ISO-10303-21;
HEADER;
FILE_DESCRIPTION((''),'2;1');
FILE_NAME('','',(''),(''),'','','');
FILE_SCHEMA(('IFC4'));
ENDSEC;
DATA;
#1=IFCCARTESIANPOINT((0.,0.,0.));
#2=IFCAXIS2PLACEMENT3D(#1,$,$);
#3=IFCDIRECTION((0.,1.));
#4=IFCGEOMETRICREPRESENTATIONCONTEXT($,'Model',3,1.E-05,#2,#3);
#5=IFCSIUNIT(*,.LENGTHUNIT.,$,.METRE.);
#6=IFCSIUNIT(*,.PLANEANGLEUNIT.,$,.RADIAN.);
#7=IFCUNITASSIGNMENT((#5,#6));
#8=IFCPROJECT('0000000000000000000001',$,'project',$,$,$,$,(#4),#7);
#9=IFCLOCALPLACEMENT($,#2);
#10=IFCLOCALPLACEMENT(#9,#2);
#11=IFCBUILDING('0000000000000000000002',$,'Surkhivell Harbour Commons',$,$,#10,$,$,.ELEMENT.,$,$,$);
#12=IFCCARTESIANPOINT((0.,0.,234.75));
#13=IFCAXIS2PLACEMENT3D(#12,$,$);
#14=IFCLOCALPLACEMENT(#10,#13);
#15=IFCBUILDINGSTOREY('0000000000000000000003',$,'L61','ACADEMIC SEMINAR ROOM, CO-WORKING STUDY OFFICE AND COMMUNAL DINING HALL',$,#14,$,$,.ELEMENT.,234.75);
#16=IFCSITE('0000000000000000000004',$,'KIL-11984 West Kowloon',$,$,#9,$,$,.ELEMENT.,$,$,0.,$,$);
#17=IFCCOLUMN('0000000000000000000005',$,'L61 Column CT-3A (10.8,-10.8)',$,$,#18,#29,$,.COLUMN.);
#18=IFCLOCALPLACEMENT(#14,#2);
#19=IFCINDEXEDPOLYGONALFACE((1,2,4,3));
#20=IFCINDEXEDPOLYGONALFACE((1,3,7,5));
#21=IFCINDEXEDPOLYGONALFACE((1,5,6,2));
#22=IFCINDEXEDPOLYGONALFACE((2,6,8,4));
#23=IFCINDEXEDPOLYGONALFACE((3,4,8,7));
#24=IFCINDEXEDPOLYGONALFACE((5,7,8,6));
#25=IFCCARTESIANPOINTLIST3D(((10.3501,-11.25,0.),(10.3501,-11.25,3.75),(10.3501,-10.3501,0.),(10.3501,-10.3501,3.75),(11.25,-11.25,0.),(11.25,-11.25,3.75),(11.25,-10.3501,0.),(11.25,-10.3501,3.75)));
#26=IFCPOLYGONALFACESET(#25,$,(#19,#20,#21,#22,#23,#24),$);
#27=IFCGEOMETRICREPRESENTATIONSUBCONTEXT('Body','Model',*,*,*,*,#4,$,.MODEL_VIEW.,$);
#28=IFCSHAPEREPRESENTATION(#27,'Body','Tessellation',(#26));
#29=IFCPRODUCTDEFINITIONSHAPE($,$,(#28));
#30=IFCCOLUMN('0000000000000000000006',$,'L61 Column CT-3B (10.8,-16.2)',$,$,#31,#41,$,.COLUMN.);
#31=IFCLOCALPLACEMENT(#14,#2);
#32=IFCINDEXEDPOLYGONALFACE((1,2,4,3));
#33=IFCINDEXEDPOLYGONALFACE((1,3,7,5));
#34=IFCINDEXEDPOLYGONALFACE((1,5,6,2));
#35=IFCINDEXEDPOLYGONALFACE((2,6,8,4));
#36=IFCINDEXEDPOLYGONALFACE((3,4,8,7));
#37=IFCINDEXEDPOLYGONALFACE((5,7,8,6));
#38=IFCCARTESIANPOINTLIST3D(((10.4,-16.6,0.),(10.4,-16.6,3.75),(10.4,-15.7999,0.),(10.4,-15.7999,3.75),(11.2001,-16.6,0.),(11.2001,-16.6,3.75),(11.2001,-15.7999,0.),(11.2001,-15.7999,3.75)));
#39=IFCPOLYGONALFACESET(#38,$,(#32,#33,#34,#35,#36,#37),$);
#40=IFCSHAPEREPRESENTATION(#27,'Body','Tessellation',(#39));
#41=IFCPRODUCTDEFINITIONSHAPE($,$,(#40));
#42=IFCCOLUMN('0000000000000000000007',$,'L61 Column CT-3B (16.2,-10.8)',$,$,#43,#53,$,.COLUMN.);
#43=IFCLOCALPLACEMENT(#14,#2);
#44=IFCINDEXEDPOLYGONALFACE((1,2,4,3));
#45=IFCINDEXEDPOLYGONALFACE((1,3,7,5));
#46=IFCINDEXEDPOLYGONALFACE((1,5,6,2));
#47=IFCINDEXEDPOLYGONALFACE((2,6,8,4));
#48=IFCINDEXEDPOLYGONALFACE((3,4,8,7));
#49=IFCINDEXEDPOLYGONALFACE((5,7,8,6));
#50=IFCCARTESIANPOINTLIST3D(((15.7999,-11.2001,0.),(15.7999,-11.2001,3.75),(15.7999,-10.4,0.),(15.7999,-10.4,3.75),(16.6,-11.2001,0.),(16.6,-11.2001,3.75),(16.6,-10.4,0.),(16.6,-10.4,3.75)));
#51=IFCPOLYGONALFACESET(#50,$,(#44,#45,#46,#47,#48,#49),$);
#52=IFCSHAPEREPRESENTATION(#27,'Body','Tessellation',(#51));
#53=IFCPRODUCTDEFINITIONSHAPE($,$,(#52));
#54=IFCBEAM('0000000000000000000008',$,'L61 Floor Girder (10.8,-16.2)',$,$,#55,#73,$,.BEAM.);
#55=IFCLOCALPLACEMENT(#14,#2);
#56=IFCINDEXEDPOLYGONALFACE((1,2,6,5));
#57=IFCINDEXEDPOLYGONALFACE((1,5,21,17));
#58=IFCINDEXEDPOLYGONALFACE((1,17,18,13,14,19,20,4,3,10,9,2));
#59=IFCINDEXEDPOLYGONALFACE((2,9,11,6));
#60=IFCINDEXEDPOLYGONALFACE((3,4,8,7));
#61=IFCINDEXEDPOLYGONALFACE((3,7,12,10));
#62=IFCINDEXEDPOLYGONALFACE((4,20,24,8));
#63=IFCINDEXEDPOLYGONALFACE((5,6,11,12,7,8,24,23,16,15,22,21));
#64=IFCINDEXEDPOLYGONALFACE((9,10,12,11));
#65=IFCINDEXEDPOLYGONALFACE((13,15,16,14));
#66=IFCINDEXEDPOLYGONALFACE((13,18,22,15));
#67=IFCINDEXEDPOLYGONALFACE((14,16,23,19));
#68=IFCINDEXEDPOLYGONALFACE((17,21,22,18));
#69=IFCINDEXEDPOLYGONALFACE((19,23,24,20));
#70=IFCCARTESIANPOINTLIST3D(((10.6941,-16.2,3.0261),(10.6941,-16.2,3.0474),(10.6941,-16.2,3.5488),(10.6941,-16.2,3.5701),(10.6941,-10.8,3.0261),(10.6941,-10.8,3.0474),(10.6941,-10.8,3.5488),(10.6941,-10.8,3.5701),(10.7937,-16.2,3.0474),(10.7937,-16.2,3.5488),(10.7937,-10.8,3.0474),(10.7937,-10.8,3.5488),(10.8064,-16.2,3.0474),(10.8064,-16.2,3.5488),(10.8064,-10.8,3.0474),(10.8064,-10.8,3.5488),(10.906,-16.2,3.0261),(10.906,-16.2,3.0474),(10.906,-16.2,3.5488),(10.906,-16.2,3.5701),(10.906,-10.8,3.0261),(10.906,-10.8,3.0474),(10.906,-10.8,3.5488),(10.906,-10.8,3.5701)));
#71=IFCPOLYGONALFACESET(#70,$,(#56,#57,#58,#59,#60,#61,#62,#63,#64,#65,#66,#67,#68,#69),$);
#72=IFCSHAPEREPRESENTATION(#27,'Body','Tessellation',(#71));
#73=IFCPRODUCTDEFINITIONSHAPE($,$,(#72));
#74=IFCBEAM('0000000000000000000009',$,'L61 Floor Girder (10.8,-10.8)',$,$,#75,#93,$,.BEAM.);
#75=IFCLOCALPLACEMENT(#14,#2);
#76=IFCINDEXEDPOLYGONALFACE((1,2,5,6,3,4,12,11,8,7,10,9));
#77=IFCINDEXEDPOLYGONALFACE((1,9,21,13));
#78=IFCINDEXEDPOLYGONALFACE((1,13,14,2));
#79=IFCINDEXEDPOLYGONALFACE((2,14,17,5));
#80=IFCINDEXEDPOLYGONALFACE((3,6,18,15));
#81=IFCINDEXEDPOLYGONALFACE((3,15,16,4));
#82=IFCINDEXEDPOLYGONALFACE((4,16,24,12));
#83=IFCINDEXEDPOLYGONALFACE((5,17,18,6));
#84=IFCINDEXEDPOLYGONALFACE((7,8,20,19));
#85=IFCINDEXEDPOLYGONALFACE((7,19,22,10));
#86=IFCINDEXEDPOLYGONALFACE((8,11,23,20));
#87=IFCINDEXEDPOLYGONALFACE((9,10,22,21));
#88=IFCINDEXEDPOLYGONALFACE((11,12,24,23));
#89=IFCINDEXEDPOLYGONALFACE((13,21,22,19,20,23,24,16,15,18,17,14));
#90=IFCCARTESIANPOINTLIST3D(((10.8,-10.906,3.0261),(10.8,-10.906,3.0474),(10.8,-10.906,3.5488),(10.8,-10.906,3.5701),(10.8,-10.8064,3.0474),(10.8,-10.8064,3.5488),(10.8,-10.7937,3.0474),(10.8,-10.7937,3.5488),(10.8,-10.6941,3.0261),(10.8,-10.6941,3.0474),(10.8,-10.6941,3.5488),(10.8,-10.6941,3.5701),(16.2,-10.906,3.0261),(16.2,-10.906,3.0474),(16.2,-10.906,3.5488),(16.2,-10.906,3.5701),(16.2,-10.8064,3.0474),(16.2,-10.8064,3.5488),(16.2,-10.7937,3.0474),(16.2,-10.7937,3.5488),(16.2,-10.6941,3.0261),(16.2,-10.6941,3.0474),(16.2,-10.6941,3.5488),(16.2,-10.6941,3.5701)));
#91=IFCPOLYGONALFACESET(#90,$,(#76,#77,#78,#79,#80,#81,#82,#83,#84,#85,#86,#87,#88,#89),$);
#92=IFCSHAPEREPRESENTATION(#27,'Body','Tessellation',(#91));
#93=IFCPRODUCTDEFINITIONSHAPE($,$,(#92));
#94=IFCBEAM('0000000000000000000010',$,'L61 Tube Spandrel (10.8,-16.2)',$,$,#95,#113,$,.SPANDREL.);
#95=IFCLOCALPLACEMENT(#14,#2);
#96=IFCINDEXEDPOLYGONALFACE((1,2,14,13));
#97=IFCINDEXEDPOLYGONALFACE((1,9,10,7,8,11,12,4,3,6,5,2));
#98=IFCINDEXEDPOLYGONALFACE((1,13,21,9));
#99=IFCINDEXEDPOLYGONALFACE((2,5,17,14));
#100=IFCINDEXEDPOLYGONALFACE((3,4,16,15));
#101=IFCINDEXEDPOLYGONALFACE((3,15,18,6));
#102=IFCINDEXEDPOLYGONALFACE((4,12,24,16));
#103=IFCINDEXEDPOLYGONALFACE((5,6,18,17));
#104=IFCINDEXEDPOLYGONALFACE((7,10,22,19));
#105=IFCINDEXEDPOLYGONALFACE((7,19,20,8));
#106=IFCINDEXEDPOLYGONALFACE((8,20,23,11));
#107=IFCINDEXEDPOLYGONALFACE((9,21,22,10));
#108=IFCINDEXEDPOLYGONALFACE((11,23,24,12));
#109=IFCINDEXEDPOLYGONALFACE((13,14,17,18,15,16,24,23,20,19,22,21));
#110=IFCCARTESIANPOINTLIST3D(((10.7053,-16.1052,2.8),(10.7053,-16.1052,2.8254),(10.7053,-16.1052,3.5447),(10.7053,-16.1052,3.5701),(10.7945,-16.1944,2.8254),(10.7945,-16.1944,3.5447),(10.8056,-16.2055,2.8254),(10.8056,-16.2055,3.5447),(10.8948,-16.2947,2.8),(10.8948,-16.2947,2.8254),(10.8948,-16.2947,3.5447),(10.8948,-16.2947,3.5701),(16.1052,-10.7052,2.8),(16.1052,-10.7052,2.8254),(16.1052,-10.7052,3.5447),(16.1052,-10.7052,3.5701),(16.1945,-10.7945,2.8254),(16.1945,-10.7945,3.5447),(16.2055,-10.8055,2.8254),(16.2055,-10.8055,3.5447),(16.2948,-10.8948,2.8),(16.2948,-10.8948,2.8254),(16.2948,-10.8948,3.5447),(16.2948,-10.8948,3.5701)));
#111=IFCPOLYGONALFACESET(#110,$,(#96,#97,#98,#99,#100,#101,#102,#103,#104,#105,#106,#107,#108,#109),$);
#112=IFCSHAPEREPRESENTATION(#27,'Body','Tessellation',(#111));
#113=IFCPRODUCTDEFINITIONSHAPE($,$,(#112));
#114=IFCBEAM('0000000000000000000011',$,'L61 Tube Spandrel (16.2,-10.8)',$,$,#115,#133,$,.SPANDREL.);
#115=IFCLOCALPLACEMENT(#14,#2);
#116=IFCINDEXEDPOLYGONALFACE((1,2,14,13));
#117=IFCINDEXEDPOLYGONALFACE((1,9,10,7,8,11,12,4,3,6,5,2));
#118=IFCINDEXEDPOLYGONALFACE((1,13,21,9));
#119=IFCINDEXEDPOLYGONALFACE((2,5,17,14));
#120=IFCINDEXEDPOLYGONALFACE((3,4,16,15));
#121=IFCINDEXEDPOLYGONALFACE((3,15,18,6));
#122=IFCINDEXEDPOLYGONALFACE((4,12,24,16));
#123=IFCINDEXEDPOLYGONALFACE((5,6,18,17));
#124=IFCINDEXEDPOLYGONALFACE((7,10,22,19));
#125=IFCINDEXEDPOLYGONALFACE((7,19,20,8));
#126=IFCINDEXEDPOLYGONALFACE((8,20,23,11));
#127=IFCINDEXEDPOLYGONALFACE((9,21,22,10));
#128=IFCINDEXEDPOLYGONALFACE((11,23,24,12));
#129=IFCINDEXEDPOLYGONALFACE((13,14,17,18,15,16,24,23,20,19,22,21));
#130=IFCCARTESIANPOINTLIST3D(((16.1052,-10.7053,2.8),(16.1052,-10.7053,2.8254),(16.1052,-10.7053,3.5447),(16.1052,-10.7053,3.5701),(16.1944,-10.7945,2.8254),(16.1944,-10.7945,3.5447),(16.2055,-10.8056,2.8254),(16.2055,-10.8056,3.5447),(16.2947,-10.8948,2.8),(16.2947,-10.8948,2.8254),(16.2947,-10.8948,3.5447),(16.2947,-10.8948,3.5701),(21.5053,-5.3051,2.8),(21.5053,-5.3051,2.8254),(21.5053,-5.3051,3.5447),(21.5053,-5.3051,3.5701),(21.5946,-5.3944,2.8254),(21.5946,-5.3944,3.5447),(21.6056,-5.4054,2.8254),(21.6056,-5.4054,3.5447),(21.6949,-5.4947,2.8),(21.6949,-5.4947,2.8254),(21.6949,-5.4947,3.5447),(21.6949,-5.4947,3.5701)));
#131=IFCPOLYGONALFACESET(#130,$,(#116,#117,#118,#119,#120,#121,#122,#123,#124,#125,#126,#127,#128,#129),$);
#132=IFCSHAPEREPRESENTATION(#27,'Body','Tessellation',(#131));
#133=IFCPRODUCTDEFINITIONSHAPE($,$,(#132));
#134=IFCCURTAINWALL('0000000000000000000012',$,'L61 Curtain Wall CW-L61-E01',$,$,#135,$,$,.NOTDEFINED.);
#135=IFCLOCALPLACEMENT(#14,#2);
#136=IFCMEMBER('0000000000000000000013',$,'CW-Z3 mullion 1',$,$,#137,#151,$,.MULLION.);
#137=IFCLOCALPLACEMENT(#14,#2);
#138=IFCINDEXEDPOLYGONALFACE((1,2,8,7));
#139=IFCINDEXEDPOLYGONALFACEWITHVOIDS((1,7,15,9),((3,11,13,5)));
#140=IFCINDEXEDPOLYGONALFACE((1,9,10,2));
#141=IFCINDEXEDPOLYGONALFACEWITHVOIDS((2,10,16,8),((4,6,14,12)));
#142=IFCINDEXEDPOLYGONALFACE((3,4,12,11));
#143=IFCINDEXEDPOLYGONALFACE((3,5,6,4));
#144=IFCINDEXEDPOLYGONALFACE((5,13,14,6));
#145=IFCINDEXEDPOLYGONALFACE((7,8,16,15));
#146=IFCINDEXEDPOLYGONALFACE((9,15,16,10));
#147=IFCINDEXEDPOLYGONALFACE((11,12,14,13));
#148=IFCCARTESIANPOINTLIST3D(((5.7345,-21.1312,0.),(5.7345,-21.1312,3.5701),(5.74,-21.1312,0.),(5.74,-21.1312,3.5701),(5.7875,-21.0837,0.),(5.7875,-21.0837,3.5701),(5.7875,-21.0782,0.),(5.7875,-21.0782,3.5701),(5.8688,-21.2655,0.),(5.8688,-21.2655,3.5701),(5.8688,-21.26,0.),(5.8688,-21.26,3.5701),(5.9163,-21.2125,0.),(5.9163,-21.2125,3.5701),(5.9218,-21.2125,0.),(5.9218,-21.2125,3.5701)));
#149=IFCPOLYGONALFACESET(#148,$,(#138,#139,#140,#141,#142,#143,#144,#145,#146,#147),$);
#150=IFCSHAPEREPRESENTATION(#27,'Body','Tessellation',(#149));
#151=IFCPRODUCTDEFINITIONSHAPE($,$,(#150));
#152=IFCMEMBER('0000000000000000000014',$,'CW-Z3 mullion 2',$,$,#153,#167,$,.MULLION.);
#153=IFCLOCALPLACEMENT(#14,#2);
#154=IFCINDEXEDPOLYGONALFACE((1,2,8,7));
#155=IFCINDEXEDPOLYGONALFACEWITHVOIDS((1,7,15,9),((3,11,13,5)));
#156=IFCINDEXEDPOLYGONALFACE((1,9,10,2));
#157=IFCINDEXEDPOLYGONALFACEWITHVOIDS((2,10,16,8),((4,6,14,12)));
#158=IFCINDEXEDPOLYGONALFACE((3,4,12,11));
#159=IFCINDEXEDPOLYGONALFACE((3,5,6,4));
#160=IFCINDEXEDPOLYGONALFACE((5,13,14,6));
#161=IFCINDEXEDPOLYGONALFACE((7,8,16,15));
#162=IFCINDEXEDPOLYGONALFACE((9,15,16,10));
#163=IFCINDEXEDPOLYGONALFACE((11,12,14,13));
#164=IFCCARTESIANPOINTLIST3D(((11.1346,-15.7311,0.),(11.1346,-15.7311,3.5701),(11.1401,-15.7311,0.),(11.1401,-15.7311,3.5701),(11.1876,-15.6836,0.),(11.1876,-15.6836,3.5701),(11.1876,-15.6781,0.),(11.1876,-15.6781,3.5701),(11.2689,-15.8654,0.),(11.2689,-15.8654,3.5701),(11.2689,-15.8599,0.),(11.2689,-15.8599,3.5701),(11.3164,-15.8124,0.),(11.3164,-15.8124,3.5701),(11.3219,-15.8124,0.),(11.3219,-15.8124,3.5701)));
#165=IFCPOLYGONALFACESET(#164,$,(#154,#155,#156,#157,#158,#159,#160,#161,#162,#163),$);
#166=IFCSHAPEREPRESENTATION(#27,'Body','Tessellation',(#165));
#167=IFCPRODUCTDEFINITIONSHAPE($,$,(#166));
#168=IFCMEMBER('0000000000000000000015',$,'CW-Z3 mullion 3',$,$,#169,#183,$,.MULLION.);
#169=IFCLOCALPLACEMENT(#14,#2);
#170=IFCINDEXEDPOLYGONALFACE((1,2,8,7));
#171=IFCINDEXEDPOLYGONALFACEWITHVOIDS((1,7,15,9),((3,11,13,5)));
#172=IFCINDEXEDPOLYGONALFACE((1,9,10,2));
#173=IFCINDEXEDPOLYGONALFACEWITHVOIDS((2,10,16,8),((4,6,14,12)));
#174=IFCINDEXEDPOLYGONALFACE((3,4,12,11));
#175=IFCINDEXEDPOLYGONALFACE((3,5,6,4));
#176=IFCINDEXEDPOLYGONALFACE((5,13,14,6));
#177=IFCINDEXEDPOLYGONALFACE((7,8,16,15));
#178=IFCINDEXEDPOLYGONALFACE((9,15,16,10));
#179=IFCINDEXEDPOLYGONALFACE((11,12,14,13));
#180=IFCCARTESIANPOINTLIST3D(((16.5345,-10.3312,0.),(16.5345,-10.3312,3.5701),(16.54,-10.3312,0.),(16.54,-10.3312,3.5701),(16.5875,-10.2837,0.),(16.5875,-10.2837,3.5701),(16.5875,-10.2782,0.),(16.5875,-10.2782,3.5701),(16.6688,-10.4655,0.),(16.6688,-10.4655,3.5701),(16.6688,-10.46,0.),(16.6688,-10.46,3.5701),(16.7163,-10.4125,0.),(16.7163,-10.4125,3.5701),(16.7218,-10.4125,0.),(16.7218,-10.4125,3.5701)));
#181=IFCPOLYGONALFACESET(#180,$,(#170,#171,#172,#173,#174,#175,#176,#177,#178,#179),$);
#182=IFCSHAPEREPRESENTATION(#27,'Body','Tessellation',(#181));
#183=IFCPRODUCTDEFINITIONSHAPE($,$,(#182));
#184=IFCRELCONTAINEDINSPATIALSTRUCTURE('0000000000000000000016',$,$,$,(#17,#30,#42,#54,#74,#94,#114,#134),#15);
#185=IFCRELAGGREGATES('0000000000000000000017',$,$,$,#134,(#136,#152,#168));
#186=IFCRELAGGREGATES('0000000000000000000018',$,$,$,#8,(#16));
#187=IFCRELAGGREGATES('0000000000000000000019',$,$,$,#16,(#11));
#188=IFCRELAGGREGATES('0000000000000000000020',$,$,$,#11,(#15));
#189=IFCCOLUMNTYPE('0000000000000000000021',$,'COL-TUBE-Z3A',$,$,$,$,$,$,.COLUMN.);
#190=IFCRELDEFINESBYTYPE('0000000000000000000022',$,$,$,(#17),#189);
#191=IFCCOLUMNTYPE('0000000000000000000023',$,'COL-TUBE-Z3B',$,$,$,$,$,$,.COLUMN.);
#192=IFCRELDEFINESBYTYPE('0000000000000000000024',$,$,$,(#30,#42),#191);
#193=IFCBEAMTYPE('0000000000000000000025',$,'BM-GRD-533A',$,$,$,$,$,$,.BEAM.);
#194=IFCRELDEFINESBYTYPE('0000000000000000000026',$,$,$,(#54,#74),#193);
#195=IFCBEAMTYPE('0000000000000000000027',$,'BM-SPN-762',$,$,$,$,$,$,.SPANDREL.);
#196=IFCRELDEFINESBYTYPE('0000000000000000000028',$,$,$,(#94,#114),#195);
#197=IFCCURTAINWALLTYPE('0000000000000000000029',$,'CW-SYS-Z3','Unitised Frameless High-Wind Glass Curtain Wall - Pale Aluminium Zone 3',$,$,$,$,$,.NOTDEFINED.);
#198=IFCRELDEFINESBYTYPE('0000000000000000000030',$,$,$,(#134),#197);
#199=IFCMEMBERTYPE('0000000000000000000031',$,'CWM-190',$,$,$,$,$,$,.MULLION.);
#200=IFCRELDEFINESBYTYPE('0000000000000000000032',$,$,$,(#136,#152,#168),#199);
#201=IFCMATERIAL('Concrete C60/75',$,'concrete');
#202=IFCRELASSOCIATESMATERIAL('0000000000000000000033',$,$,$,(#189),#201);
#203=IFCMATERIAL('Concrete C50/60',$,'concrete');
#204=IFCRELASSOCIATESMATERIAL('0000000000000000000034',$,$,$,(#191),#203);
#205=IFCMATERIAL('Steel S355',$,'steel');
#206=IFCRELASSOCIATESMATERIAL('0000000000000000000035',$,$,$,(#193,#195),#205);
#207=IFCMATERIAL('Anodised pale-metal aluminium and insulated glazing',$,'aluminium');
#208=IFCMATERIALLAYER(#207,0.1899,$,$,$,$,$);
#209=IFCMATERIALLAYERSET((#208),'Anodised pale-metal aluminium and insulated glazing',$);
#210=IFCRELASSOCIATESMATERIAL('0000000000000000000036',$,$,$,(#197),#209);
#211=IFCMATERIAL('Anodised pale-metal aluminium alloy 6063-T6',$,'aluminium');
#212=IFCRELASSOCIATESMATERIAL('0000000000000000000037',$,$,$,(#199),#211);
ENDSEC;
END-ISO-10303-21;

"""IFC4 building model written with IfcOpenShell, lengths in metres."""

from ifc_helpers import new_model, si_unit, direction, frame, origin, origin_2d, place, context, subcontext, project, spatial, rectangle, hollow_rectangle, i_section, extrude, material, layer, layer_set, material_profile, profile_set, type_object, element, aggregate, save


model = new_model("IFC4")

# Units and contexts
model_context = context("Model", 3, precision=1e-05, world=origin(), true_north=direction((0.0, 1.0)))
body_context = subcontext(model_context, "Body", "Model", "MODEL_VIEW")
ifc_project = project(units=[si_unit("LENGTHUNIT", "METRE"), si_unit("PLANEANGLEUNIT", "RADIAN")], contexts=[model_context])

# Site, building, storey
site_placement = place(None, origin())
site = spatial("IfcSite", under=ifc_project, at=site_placement, Name="KIL-11984 West Kowloon", CompositionType="ELEMENT", RefElevation=0.0)
building_placement = place(site_placement, origin())
building = spatial("IfcBuilding", under=site, at=building_placement, Name="Surkhivell Harbour Commons", CompositionType="ELEMENT")
storey_placement = place(building_placement, frame((0.0, 0.0, 234.75)))
storey = spatial("IfcBuildingStorey", under=building, at=storey_placement, Name="L61", Description="ACADEMIC SEMINAR ROOM, CO-WORKING STUDY OFFICE AND COMMUNAL DINING HALL", CompositionType="ELEMENT", Elevation=234.75)

# Columns
ifc_material_1 = material(Name="Concrete C60/75", Category="concrete")
ifc_material_profile_1 = material_profile(ifc_material_1, rectangle(XDim=0.8999, YDim=0.8999, at=origin_2d()), Name="RC-COL-900x900")
ifc_profile_set_1 = profile_set([ifc_material_profile_1], Name="Concrete C60/75")
column_type_1 = type_object("IfcColumnType", Name="COL-TUBE-Z3A", PredefinedType="COLUMN", material=ifc_profile_set_1)
column_placement = place(storey_placement, frame((10.8, -10.8, 0.0), z_axis=(0.0, 0.0, 1.0), x_axis=(1.0, 0.0, 0.0)))
element("IfcColumn", 1, at=column_placement, inside=storey, type_object=column_type_1, Name="L61 Column CT-3A (10.8,-10.8)", PredefinedType="COLUMN", context=body_context, shape_type="SweptSolid", body=[
    extrude(rectangle(XDim=0.8999, YDim=0.8999, at=origin_2d()), origin(), (0.0, 0.0, 1.0), 3.75),
])
ifc_material_2 = material(Name="Concrete C50/60", Category="concrete")
ifc_material_profile_2 = material_profile(ifc_material_2, rectangle(XDim=0.8, YDim=0.8, at=origin_2d()), Name="RC-COL-800x800")
ifc_profile_set_2 = profile_set([ifc_material_profile_2], Name="Concrete C50/60")
column_type_2 = type_object("IfcColumnType", Name="COL-TUBE-Z3B", PredefinedType="COLUMN", material=ifc_profile_set_2)
for number, where, z_axis, x_axis, name in (
    (2, (10.8, -16.2, 0.0), (0.0, 0.0, 1.0), (1.0, 0.0, 0.0), "L61 Column CT-3B (10.8,-16.2)"),
    (3, (16.2, -10.8, 0.0), (0.0, 0.0, 1.0), (1.0, 0.0, 0.0), "L61 Column CT-3B (16.2,-10.8)"),
):
    element("IfcColumn", number, at=place(storey_placement, frame(where, z_axis=z_axis, x_axis=x_axis)), inside=storey, type_object=column_type_2, Name=name, PredefinedType="COLUMN", context=body_context, shape_type="SweptSolid", body=[
        extrude(rectangle(XDim=0.8, YDim=0.8, at=origin_2d()), origin(), (0.0, 0.0, 1.0), 3.75),
    ])

# Beams
ifc_material_3 = material(Name="Steel S355", Category="steel")
ifc_material_profile_3 = material_profile(ifc_material_3, i_section(OverallWidth=0.2119, OverallDepth=0.5439, WebThickness=0.0127, FlangeThickness=0.0212, at=origin_2d()), Name="UB533x210x122")
ifc_profile_set_3 = profile_set([ifc_material_profile_3], Name="Steel S355")
beam_type_1 = type_object("IfcBeamType", Name="BM-GRD-533A", PredefinedType="BEAM", material=ifc_profile_set_3)
for number, where, z_axis, x_axis, name in (
    (4, (10.8, -16.2, 3.2981), (0.0, 1.0, 0.0), (-1.0, 0.0, 0.0), "L61 Floor Girder (10.8,-16.2)"),
    (5, (10.8, -10.8, 3.2981), (1.0, 0.0, 0.0), (0.0, 1.0, 0.0), "L61 Floor Girder (10.8,-10.8)"),
):
    element("IfcBeam", number, at=place(storey_placement, frame(where, z_axis=z_axis, x_axis=x_axis)), inside=storey, type_object=beam_type_1, Name=name, PredefinedType="BEAM", context=body_context, shape_type="SweptSolid", body=[
        extrude(i_section(OverallWidth=0.2119, OverallDepth=0.5439, WebThickness=0.0127, FlangeThickness=0.0212, at=origin_2d()), origin(), (0.0, 0.0, 1.0), 5.3999),
    ])
ifc_material_profile_4 = material_profile(ifc_material_3, i_section(OverallWidth=0.2681, OverallDepth=0.77, WebThickness=0.0156, FlangeThickness=0.0254, at=origin_2d()), Name="UB762x267x197")
ifc_profile_set_4 = profile_set([ifc_material_profile_4], Name="Steel S355")
beam_type_2 = type_object("IfcBeamType", Name="BM-SPN-762", PredefinedType="SPANDREL", material=ifc_profile_set_4)
beam_1_placement = place(storey_placement, frame((10.8, -16.2, 3.1851), z_axis=(0.707107, 0.707107, 0.0), x_axis=(-0.707107, 0.707107, 0.0)))
element("IfcBeam", 6, at=beam_1_placement, inside=storey, type_object=beam_type_2, Name="L61 Tube Spandrel (10.8,-16.2)", PredefinedType="SPANDREL", context=body_context, shape_type="SweptSolid", body=[
    extrude(i_section(OverallWidth=0.2681, OverallDepth=0.77, WebThickness=0.0156, FlangeThickness=0.0254, at=origin_2d()), origin(), (0.0, 0.0, 1.0), 7.6367),
])
beam_2_placement = place(storey_placement, frame((16.2, -10.8, 3.1851), z_axis=(0.707107, 0.707107, 0.0), x_axis=(-0.707107, 0.707107, 0.0)))
element("IfcBeam", 7, at=beam_2_placement, inside=storey, type_object=beam_type_2, Name="L61 Tube Spandrel (16.2,-10.8)", PredefinedType="SPANDREL", context=body_context, shape_type="SweptSolid", body=[
    extrude(i_section(OverallWidth=0.2681, OverallDepth=0.77, WebThickness=0.0156, FlangeThickness=0.0254, at=origin_2d()), origin(), (0.0, 0.0, 1.0), 7.637),
])

# Curtain wall, members
ifc_material_4 = material(Name="Anodised pale-metal aluminium and insulated glazing", Category="aluminium")
ifc_layer_1 = layer(ifc_material_4, 0.1899)
ifc_layer_set_1 = layer_set([ifc_layer_1], Name="Anodised pale-metal aluminium and insulated glazing")
curtain_wall_type = type_object("IfcCurtainWallType", Name="CW-SYS-Z3", Description="Unitised Frameless High-Wind Glass Curtain Wall - Pale Aluminium Zone 3", PredefinedType="NOTDEFINED", material=ifc_layer_set_1)
curtain_wall_placement = place(storey_placement, origin())
curtain_wall = element("IfcCurtainWall", 8, at=curtain_wall_placement, inside=storey, type_object=curtain_wall_type, Name="L61 Curtain Wall CW-L61-E01", PredefinedType="NOTDEFINED")
ifc_material_5 = material(Name="Anodised pale-metal aluminium alloy 6063-T6", Category="aluminium")
ifc_material_profile_5 = material_profile(ifc_material_5, hollow_rectangle(XDim=0.075, YDim=0.1899, WallThickness=0.0039, at=origin_2d()), Name="ALU-MULL-75x190")
ifc_profile_set_5 = profile_set([ifc_material_profile_5], Name="Anodised pale-metal aluminium alloy 6063-T6")
member_type_1 = type_object("IfcMemberType", Name="CWM-190", PredefinedType="MULLION", material=ifc_profile_set_5)
member_1_placement = place(storey_placement, frame((5.8281, -21.1719, 0.0), z_axis=(0.0, 0.0, 1.0), x_axis=(0.707107, 0.707107, 0.0)))
member_1 = element("IfcMember", 9, at=member_1_placement, type_object=member_type_1, Name="CW-Z3 mullion 1", PredefinedType="MULLION", context=body_context, shape_type="SweptSolid", body=[
    extrude(hollow_rectangle(XDim=0.075, YDim=0.1899, WallThickness=0.0039, at=origin_2d()), origin(), (0.0, 0.0, 1.0), 3.5701),
])
member_2_placement = place(storey_placement, frame((11.2283, -15.7717, 0.0), z_axis=(0.0, 0.0, 1.0), x_axis=(0.707107, 0.707107, 0.0)))
member_2 = element("IfcMember", 10, at=member_2_placement, type_object=member_type_1, Name="CW-Z3 mullion 2", PredefinedType="MULLION", context=body_context, shape_type="SweptSolid", body=[
    extrude(hollow_rectangle(XDim=0.075, YDim=0.1899, WallThickness=0.0039, at=origin_2d()), origin(), (0.0, 0.0, 1.0), 3.5701),
])
member_3_placement = place(storey_placement, frame((16.6282, -10.3718, 0.0), z_axis=(0.0, 0.0, 1.0), x_axis=(0.707107, 0.707107, 0.0)))
member_3 = element("IfcMember", 11, at=member_3_placement, type_object=member_type_1, Name="CW-Z3 mullion 3", PredefinedType="MULLION", context=body_context, shape_type="SweptSolid", body=[
    extrude(hollow_rectangle(XDim=0.075, YDim=0.1899, WallThickness=0.0039, at=origin_2d()), origin(), (0.0, 0.0, 1.0), 3.5701),
])
aggregate(curtain_wall, [member_1, member_2, member_3])

save(model, "model.ifc")
